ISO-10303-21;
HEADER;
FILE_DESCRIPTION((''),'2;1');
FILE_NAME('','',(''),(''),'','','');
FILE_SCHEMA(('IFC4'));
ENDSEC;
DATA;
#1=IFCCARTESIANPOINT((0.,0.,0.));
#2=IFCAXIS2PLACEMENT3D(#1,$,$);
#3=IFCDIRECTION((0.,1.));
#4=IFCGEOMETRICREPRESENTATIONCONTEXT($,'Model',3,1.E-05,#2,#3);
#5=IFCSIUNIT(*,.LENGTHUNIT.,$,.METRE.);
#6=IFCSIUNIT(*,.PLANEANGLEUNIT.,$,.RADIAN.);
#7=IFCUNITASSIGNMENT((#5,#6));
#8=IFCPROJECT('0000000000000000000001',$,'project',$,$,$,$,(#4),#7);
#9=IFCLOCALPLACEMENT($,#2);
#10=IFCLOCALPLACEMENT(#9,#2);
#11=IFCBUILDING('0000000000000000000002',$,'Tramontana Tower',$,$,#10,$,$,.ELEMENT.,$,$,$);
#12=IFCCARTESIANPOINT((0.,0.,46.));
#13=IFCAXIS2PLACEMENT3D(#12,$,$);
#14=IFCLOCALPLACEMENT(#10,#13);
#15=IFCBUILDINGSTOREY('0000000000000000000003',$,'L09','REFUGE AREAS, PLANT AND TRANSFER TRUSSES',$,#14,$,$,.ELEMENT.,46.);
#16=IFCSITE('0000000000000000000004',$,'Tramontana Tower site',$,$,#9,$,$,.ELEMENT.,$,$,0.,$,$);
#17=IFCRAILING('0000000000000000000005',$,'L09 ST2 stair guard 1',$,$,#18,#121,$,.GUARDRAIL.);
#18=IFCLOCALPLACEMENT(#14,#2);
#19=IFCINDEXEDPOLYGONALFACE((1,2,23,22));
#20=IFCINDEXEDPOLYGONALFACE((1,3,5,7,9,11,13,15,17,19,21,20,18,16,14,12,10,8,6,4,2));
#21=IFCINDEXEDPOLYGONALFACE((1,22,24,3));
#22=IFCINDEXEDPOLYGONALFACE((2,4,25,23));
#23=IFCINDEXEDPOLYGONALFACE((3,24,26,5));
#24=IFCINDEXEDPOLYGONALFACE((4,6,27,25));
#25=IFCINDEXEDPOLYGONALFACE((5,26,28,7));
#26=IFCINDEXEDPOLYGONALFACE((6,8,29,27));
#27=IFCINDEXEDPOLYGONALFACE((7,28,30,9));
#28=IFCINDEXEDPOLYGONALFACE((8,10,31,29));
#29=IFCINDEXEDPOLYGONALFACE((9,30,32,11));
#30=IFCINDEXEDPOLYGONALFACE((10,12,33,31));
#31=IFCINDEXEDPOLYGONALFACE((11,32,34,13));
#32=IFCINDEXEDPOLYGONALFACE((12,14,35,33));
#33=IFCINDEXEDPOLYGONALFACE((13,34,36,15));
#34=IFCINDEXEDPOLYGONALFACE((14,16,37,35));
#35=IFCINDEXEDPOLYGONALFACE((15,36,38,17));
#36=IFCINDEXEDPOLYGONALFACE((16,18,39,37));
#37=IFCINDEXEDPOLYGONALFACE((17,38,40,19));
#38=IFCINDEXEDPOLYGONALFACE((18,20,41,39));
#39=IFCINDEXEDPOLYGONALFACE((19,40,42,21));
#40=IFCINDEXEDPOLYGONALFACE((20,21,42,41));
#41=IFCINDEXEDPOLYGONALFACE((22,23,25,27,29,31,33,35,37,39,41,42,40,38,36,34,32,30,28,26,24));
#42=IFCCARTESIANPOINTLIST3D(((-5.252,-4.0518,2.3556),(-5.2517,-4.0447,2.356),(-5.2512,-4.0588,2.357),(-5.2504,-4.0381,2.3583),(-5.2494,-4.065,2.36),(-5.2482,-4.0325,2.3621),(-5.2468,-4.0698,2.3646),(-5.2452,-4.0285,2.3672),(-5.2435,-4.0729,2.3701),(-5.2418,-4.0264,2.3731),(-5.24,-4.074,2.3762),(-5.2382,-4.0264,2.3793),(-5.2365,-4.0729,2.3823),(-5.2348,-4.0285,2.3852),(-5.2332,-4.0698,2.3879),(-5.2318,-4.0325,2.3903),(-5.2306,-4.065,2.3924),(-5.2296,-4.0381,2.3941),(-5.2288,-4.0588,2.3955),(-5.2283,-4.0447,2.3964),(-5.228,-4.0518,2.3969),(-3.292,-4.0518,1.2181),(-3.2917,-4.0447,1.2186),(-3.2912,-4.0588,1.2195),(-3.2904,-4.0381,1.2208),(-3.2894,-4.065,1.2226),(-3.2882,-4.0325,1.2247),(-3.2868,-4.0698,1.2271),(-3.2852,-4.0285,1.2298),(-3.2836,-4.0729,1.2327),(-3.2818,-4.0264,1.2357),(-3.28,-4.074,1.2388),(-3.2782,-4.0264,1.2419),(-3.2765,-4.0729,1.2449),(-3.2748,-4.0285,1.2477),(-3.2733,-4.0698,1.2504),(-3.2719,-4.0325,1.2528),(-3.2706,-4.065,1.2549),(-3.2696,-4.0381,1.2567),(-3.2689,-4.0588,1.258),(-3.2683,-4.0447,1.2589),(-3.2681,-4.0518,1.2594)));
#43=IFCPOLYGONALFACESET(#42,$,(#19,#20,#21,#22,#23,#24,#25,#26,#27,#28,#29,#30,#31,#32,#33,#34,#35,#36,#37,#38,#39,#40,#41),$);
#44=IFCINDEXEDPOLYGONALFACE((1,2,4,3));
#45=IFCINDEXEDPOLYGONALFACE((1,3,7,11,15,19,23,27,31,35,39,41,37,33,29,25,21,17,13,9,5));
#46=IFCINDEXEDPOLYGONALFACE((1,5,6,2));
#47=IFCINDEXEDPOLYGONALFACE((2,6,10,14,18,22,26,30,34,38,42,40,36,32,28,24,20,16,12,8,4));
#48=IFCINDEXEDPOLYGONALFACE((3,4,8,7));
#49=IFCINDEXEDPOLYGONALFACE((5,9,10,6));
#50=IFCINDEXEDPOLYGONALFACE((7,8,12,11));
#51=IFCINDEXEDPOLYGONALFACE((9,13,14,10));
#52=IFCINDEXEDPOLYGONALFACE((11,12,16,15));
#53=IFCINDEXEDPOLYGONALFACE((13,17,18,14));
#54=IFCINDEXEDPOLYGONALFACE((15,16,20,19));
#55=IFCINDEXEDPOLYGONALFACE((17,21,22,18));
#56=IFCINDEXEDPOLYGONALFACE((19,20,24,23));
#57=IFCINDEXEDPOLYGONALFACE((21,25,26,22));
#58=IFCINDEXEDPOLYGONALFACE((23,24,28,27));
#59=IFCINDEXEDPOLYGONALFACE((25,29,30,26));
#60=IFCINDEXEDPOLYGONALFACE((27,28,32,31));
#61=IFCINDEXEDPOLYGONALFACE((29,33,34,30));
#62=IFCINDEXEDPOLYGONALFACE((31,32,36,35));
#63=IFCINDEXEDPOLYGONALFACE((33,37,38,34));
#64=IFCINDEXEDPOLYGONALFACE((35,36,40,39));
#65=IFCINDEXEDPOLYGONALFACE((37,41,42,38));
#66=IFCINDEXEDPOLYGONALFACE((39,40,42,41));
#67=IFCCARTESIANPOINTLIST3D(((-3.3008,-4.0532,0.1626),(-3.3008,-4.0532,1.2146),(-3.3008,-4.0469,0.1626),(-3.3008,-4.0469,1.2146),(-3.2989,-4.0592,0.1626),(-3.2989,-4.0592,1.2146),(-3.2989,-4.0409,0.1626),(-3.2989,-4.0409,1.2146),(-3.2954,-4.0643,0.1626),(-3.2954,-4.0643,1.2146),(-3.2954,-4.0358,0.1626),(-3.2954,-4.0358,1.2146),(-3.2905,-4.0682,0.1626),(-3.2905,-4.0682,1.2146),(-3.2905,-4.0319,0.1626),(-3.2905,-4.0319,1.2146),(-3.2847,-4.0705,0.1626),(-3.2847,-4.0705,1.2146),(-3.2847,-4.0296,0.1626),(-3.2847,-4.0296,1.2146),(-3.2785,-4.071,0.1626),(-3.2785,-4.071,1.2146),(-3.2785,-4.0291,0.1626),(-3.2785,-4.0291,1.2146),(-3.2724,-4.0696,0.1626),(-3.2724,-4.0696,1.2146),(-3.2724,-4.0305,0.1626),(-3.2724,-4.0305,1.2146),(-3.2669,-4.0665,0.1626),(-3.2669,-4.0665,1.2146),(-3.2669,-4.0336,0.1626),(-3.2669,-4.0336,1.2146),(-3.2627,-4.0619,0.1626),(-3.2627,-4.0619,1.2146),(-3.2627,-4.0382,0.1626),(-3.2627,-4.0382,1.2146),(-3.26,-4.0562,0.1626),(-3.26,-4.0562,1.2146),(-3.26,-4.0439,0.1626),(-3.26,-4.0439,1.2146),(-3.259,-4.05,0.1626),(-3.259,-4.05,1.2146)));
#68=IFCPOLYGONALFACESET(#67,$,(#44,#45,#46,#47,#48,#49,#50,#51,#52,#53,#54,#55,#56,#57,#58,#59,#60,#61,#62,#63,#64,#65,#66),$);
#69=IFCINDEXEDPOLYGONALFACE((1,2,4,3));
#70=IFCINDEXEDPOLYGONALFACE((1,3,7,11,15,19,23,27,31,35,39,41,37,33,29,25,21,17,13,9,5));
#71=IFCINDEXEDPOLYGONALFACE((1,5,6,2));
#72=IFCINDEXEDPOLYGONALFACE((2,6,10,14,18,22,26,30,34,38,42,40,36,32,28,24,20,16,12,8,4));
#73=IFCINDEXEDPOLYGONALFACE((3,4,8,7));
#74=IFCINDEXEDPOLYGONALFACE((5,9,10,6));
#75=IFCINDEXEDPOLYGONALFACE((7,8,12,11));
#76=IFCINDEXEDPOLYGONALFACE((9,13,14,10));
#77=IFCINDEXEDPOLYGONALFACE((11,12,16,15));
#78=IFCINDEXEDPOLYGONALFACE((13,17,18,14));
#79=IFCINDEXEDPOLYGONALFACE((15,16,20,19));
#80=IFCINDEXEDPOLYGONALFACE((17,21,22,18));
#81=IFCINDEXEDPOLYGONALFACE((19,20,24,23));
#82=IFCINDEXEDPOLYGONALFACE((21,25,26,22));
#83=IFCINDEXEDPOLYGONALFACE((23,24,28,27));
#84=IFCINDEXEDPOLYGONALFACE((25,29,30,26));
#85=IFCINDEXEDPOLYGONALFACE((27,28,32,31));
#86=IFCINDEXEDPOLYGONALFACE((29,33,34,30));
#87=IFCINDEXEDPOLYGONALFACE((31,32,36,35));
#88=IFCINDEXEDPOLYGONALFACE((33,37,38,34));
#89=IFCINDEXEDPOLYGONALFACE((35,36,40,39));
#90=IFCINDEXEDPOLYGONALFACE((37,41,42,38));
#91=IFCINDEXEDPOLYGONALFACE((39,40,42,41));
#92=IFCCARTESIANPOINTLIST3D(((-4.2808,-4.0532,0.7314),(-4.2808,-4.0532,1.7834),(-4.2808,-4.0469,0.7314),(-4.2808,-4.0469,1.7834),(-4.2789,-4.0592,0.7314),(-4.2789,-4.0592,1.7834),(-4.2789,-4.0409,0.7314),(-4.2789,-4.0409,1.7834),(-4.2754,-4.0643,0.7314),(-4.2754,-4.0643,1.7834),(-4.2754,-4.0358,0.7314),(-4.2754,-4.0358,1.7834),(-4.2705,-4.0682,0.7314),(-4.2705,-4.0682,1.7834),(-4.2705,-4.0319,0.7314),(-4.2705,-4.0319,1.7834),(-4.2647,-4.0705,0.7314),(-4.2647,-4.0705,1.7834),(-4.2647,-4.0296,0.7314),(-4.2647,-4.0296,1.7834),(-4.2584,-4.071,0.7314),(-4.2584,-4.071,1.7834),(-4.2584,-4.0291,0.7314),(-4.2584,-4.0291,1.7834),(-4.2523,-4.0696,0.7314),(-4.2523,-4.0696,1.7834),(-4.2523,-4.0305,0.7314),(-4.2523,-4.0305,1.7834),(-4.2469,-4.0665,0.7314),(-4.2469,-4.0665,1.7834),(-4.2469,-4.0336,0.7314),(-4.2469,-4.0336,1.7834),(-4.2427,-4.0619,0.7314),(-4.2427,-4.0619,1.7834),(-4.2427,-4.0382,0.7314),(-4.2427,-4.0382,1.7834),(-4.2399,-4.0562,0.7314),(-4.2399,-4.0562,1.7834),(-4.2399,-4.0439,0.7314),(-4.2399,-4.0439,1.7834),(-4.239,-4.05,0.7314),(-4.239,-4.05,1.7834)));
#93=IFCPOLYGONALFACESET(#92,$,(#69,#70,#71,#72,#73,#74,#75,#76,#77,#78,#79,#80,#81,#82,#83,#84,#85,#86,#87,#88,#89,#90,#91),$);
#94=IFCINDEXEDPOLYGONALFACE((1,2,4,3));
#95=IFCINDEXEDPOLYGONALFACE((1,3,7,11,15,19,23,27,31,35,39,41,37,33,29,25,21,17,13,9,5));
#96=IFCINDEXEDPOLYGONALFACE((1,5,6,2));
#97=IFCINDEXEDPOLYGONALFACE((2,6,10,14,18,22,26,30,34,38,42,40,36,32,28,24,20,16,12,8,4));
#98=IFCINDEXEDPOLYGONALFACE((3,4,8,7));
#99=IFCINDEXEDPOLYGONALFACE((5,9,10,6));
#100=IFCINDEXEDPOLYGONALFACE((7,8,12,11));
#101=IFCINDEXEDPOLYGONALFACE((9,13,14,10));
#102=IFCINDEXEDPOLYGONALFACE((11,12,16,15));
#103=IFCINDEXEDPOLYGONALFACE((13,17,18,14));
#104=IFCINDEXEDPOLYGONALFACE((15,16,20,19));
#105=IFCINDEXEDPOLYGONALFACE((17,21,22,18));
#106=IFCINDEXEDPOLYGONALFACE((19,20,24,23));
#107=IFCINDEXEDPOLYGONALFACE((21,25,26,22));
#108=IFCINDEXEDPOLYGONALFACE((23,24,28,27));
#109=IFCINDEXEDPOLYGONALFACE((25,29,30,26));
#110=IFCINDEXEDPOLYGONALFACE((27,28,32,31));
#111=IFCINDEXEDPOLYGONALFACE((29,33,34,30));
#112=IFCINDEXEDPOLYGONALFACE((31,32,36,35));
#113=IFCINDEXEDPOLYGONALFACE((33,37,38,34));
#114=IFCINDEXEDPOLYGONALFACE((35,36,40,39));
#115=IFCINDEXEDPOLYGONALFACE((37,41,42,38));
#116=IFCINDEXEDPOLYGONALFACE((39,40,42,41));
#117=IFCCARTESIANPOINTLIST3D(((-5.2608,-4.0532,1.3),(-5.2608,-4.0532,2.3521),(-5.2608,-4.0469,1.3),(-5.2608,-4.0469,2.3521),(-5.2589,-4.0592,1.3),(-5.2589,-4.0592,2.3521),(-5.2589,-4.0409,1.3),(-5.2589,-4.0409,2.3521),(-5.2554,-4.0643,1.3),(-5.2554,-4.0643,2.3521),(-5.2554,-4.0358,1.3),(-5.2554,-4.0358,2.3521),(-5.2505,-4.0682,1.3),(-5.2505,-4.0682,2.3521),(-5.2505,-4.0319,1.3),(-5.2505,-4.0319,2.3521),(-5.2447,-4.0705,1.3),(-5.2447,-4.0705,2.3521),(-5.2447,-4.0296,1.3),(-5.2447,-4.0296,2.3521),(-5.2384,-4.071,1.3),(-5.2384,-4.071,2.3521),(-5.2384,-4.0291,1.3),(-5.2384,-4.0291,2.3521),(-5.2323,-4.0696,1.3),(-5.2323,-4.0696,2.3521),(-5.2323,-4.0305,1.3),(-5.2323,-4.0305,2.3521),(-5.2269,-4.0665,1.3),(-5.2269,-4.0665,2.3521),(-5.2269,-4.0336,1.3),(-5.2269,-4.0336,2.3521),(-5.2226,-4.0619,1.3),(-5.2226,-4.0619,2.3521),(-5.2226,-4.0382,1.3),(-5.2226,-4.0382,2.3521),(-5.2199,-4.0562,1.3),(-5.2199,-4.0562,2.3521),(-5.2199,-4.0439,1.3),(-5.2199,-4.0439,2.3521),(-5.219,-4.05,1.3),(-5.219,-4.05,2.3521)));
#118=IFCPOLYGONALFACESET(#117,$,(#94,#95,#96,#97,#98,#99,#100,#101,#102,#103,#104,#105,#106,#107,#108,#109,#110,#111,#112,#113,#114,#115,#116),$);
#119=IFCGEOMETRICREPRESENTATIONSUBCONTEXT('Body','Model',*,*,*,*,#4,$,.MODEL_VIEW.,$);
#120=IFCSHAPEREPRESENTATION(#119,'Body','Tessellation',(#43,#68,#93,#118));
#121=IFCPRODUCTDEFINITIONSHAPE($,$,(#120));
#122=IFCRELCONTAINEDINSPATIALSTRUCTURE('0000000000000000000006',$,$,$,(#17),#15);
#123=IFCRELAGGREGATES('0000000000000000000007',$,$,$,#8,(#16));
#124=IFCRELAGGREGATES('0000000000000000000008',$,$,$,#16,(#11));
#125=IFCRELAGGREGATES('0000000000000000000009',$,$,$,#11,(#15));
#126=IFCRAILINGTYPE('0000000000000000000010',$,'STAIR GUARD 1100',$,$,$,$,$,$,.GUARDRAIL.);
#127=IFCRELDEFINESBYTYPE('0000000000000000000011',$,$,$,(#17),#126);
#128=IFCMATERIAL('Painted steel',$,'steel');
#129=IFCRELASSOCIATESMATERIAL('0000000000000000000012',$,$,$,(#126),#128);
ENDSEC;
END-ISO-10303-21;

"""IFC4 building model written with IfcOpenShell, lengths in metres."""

from ifc_helpers import new_model, si_unit, direction, frame, origin, origin_2d, place, context, subcontext, project, spatial, circle, extrude, material, type_object, element, save


model = new_model("IFC4")

# Units and contexts
model_context = context("Model", 3, precision=1e-05, world=origin(), true_north=direction((0.0, 1.0)))
body_context = subcontext(model_context, "Body", "Model", "MODEL_VIEW")
ifc_project = project(units=[si_unit("LENGTHUNIT", "METRE"), si_unit("PLANEANGLEUNIT", "RADIAN")], contexts=[model_context])

# Site, building, storey
site_placement = place(None, origin())
site = spatial("IfcSite", under=ifc_project, at=site_placement, Name="Tramontana Tower site", CompositionType="ELEMENT", RefElevation=0.0)
building_placement = place(site_placement, origin())
building = spatial("IfcBuilding", under=site, at=building_placement, Name="Tramontana Tower", CompositionType="ELEMENT")
storey_placement = place(building_placement, frame((0.0, 0.0, 46.0)))
storey = spatial("IfcBuildingStorey", under=building, at=storey_placement, Name="L09", Description="REFUGE AREAS, PLANT AND TRANSFER TRUSSES", CompositionType="ELEMENT", Elevation=46.0)

# Railing
ifc_material_1 = material(Name="Painted steel", Category="steel")
railing_type_1 = type_object("IfcRailingType", Name="STAIR GUARD 1100", PredefinedType="GUARDRAIL", material=ifc_material_1)
railing_1_placement = place(storey_placement, frame((-3.28, -4.05, 0.1626)))
element("IfcRailing", 1, at=railing_1_placement, inside=storey, type_object=railing_type_1, Name="L09 ST2 stair guard 1", PredefinedType="GUARDRAIL", context=body_context, shape_type="SweptSolid", body=[
    extrude(circle(Radius=0.0239, at=origin_2d()), frame((0.0, 0.0, 1.0762), z_axis=(-0.864902, 0.0, 0.501941), x_axis=(0.0, -1.0, 0.0)), (0.0, 0.0, 1.0), 2.2661),
    extrude(circle(Radius=0.021, at=origin_2d()), origin(), (0.0, 0.0, 1.0), 1.052),
    extrude(circle(Radius=0.021, at=origin_2d()), frame((-0.98, 0.0, 0.5688)), (0.0, 0.0, 1.0), 1.052),
    extrude(circle(Radius=0.021, at=origin_2d()), frame((-1.96, 0.0, 1.1375)), (0.0, 0.0, 1.0), 1.052),
])

save(model, "model.ifc")
